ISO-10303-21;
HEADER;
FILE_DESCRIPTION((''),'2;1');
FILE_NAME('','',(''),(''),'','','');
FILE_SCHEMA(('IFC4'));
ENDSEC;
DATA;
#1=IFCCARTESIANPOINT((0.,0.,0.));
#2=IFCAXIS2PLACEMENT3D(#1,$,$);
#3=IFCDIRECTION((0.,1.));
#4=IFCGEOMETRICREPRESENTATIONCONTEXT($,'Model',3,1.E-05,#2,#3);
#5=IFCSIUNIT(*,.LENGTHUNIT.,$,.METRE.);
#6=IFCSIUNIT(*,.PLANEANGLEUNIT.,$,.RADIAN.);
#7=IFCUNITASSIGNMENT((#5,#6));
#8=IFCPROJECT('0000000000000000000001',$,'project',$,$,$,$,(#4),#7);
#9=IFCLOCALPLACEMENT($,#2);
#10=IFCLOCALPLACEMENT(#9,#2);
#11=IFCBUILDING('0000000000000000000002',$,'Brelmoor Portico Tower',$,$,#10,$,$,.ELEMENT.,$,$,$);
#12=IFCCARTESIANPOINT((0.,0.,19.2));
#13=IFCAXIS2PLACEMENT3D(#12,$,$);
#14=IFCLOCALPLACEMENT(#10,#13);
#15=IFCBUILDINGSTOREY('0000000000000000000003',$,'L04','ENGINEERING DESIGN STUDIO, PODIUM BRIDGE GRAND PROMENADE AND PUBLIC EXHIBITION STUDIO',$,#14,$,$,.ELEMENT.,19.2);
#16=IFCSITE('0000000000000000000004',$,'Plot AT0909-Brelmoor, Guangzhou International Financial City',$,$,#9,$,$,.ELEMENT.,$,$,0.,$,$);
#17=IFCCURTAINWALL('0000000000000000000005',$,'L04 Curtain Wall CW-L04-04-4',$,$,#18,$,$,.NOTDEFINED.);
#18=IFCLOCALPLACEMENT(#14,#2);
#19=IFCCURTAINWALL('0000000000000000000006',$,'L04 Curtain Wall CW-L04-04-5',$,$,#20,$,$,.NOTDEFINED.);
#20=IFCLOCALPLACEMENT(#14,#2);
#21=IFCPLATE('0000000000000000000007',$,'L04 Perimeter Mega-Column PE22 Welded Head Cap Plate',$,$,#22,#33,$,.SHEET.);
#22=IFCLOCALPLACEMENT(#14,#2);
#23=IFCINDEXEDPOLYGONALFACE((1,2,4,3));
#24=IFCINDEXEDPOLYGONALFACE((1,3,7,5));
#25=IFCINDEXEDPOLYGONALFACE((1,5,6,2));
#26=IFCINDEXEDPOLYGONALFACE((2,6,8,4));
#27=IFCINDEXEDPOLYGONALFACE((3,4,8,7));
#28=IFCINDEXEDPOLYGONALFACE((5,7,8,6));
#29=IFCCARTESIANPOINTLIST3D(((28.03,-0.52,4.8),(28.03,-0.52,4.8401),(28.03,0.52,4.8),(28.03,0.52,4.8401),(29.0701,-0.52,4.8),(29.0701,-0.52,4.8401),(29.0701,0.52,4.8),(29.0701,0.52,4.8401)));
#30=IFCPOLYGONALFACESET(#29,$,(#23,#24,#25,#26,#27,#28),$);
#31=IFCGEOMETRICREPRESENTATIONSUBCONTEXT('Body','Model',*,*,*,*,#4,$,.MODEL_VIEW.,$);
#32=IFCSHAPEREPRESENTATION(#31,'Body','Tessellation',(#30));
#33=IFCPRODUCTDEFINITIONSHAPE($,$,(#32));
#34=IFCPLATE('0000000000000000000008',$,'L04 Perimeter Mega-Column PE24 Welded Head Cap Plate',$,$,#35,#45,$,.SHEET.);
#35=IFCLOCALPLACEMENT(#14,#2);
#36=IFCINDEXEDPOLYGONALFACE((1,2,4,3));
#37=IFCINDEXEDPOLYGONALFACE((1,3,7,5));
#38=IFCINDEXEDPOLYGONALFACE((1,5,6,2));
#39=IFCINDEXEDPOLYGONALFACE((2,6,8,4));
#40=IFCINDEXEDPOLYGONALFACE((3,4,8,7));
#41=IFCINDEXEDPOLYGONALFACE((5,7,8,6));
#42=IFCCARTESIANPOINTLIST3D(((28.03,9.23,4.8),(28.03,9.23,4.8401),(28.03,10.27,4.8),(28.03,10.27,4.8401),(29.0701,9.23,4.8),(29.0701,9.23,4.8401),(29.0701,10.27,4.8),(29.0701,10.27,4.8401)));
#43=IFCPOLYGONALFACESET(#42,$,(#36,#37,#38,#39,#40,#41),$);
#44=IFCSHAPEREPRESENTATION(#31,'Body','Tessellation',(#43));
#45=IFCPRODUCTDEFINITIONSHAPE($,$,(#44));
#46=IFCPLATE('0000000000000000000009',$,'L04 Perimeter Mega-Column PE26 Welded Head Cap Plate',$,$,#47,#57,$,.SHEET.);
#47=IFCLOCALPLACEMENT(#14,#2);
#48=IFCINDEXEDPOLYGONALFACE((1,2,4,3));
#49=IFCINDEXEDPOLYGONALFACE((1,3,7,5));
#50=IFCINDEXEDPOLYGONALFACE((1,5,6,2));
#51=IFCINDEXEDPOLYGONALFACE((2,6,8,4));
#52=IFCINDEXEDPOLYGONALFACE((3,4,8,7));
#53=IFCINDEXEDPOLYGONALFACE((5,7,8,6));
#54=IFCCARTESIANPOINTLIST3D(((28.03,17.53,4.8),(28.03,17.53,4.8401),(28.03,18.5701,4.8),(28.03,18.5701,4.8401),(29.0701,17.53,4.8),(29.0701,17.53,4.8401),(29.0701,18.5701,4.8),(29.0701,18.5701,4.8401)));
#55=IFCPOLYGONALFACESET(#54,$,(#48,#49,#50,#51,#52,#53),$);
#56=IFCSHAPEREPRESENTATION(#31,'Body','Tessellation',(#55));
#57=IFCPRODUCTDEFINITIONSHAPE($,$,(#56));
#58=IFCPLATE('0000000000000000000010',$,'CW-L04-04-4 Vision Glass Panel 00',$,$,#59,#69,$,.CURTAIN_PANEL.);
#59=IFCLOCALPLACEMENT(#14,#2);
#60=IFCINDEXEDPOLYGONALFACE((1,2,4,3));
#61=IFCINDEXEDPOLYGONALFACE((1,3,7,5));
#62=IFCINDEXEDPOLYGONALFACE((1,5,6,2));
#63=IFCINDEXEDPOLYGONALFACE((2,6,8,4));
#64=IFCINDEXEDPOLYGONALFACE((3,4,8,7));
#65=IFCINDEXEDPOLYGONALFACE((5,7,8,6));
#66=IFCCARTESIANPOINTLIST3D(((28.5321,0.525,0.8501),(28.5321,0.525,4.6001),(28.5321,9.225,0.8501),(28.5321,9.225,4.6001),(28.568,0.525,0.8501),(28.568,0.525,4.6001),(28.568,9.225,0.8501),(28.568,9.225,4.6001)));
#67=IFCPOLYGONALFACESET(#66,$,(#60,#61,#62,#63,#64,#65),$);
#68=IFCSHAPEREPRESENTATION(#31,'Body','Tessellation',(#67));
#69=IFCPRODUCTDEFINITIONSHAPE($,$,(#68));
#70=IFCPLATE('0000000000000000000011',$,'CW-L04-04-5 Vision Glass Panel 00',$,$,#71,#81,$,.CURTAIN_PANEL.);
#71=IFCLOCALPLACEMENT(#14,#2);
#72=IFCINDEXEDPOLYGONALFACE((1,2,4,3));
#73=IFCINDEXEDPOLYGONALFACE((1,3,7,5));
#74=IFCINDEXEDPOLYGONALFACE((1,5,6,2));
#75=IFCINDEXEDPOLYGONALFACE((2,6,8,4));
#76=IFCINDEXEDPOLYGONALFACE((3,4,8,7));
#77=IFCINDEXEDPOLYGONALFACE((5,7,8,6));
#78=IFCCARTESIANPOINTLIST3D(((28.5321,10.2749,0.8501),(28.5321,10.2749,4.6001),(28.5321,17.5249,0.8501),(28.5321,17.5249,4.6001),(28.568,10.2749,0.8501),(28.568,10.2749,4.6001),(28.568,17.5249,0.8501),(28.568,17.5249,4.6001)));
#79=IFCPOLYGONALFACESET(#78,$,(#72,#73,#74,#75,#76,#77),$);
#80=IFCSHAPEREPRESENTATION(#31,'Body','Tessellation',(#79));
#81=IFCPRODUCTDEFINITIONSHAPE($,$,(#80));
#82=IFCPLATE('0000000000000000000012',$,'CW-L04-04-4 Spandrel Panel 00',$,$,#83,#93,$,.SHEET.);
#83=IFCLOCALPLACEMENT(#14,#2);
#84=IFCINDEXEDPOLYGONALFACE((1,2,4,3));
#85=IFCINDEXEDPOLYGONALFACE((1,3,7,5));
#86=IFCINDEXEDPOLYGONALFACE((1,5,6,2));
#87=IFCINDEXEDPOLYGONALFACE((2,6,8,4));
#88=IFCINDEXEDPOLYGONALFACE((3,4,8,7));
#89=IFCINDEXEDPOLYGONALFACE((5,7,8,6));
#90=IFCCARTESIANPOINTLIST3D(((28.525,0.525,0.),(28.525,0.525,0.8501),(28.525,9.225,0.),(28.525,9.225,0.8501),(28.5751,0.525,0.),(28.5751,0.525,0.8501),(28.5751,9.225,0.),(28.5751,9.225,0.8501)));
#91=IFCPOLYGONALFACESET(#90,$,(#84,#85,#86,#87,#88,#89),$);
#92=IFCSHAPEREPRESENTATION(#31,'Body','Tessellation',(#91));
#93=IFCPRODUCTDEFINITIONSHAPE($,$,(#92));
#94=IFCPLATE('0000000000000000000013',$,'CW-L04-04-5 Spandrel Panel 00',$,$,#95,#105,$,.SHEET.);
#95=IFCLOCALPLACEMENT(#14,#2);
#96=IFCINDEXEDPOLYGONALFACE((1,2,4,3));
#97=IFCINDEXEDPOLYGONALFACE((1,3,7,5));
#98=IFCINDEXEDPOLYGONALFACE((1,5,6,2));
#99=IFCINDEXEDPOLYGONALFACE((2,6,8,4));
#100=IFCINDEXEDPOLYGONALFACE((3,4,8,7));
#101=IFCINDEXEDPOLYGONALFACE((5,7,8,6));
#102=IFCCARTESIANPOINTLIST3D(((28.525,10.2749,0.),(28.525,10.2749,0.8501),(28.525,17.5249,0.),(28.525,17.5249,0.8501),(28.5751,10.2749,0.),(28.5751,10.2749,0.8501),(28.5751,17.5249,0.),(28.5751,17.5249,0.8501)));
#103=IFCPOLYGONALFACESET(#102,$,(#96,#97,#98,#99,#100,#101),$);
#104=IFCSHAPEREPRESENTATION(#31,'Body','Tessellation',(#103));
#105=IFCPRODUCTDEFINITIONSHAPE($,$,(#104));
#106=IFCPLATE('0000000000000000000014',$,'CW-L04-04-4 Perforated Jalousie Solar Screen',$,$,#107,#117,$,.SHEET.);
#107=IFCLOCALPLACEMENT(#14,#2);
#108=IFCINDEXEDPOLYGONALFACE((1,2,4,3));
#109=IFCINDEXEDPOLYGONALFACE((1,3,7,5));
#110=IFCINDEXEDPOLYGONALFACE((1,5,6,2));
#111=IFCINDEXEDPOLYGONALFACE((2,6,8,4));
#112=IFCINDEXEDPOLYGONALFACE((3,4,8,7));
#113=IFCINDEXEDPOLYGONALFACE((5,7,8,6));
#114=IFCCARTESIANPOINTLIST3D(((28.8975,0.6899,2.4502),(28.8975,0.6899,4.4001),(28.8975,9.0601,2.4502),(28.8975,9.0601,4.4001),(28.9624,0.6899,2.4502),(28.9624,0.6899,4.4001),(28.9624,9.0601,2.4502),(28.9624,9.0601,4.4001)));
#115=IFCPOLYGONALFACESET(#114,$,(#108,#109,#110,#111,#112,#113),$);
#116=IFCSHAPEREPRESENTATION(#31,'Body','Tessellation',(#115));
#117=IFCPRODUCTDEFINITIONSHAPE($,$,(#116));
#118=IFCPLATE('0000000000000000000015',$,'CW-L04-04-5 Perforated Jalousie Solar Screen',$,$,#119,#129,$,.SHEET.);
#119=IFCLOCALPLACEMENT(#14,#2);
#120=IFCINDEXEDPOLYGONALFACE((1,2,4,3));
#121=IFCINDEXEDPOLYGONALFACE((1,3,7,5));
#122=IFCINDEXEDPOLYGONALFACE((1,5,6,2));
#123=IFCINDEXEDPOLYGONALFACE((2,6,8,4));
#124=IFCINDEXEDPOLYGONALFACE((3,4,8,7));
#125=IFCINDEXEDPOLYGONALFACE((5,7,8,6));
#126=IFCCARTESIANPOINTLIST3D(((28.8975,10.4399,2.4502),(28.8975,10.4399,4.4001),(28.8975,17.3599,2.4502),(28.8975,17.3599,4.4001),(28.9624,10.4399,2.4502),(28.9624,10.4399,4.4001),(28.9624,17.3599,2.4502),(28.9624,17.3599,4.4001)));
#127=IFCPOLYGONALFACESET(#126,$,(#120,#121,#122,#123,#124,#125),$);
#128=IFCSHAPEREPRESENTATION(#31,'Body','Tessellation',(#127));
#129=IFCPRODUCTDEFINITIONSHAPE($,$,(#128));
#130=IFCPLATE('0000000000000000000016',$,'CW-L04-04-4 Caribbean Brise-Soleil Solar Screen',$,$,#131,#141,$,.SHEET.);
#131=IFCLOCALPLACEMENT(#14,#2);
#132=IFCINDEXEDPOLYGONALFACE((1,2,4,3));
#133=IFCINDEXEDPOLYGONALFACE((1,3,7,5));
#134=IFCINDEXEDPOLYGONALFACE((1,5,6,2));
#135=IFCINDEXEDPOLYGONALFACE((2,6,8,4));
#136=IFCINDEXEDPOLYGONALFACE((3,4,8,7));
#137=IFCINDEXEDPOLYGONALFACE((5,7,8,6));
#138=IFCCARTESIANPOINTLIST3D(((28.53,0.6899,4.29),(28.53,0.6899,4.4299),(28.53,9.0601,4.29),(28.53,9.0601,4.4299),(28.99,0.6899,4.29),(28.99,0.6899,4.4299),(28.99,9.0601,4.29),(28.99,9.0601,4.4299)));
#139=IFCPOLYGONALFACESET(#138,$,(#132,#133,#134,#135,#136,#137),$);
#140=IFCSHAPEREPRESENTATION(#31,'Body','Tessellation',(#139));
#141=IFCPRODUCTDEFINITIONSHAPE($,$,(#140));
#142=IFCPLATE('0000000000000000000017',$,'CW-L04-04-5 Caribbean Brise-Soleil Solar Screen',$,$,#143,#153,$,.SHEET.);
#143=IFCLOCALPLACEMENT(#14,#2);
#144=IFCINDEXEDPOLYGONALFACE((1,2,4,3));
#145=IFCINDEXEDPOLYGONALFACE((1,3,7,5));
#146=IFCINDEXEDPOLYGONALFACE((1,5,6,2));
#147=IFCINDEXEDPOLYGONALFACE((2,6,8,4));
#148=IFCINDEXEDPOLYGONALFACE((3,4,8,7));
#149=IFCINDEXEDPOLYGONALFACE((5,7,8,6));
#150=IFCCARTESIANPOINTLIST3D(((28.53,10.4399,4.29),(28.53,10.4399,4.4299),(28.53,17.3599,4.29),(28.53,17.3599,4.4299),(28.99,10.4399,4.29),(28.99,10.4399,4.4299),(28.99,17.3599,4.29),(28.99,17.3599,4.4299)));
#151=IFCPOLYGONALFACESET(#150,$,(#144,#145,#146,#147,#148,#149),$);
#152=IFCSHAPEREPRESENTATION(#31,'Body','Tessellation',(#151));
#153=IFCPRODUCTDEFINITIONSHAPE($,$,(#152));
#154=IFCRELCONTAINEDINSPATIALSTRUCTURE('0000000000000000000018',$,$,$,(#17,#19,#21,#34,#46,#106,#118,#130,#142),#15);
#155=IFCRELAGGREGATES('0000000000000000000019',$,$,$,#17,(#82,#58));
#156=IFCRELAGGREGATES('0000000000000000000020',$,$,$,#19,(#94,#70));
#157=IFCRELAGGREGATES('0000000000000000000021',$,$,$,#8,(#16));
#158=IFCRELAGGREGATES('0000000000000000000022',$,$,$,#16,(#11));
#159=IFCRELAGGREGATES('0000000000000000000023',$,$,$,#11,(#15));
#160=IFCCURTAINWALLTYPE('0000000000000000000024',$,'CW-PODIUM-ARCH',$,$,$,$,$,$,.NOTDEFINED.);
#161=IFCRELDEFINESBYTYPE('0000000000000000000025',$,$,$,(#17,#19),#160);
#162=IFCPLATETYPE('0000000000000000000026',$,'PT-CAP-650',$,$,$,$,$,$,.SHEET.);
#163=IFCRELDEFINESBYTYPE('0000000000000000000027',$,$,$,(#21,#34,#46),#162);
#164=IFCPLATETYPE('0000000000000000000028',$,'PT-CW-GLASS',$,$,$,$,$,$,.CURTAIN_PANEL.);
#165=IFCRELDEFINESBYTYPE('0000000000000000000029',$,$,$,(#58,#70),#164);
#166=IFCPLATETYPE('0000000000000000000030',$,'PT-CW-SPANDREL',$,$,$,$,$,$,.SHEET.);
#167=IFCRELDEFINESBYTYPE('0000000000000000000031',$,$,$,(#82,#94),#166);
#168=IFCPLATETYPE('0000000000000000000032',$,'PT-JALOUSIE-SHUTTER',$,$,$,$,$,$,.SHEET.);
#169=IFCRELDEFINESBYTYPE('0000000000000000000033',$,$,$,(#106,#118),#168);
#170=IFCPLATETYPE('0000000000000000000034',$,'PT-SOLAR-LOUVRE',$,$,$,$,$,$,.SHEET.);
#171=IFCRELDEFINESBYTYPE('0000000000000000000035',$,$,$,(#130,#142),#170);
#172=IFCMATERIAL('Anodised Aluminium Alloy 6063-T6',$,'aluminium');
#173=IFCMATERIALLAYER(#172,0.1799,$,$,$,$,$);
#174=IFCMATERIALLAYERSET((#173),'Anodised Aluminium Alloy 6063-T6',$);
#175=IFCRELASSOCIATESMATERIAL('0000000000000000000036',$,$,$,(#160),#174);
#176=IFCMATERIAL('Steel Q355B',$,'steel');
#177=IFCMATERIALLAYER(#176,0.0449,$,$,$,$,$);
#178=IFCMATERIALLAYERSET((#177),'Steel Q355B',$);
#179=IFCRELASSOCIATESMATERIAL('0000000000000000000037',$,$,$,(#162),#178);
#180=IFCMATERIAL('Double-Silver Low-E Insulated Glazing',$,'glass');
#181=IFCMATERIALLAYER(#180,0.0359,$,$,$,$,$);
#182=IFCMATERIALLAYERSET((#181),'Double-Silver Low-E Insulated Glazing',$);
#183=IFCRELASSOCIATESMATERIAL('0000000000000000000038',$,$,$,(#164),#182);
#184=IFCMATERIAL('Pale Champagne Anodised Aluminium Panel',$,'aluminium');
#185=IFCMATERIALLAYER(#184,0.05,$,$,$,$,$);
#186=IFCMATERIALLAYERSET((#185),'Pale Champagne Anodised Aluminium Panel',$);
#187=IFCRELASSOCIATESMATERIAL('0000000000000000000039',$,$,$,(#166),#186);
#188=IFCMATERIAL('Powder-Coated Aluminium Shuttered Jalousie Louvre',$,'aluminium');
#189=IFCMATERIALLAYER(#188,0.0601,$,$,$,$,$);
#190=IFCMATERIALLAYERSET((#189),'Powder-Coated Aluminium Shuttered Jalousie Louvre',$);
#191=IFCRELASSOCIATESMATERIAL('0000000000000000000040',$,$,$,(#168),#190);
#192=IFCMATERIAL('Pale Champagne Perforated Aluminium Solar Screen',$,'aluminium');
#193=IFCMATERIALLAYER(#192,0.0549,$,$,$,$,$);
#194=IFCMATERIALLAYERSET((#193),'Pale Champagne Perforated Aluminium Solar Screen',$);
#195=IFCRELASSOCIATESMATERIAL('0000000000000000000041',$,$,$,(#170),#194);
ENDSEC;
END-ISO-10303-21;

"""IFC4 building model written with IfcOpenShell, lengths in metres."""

from ifc_helpers import new_model, si_unit, direction, frame, origin, origin_2d, place, context, subcontext, project, spatial, rectangle, extrude, material, layer, layer_set, type_object, element, aggregate, save


model = new_model("IFC4")

# Units and contexts
model_context = context("Model", 3, precision=1e-05, world=origin(), true_north=direction((0.0, 1.0)))
body_context = subcontext(model_context, "Body", "Model", "MODEL_VIEW")
ifc_project = project(units=[si_unit("LENGTHUNIT", "METRE"), si_unit("PLANEANGLEUNIT", "RADIAN")], contexts=[model_context])

# Site, building, storey
site_placement = place(None, origin())
site = spatial("IfcSite", under=ifc_project, at=site_placement, Name="Plot AT0909-Brelmoor, Guangzhou International Financial City", CompositionType="ELEMENT", RefElevation=0.0)
building_placement = place(site_placement, origin())
building = spatial("IfcBuilding", under=site, at=building_placement, Name="Brelmoor Portico Tower", CompositionType="ELEMENT")
storey_placement = place(building_placement, frame((0.0, 0.0, 19.2)))
storey = spatial("IfcBuildingStorey", under=building, at=storey_placement, Name="L04", Description="ENGINEERING DESIGN STUDIO, PODIUM BRIDGE GRAND PROMENADE AND PUBLIC EXHIBITION STUDIO", CompositionType="ELEMENT", Elevation=19.2)

# Shared definitions
ifc_material_1 = material(Name="Steel Q355B", Category="steel")

# Curtain walls
ifc_material_2 = material(Name="Anodised Aluminium Alloy 6063-T6", Category="aluminium")
ifc_layer_1 = layer(ifc_material_2, 0.1799)
ifc_layer_set_1 = layer_set([ifc_layer_1], Name="Anodised Aluminium Alloy 6063-T6")
curtain_wall_type = type_object("IfcCurtainWallType", Name="CW-PODIUM-ARCH", PredefinedType="NOTDEFINED", material=ifc_layer_set_1)
curtain_wall_1_placement = place(storey_placement, origin())
curtain_wall_1 = element("IfcCurtainWall", 1, at=curtain_wall_1_placement, inside=storey, type_object=curtain_wall_type, Name="L04 Curtain Wall CW-L04-04-4", PredefinedType="NOTDEFINED")
curtain_wall_2_placement = place(storey_placement, origin())
curtain_wall_2 = element("IfcCurtainWall", 2, at=curtain_wall_2_placement, inside=storey, type_object=curtain_wall_type, Name="L04 Curtain Wall CW-L04-04-5", PredefinedType="NOTDEFINED")

# Plates
ifc_layer_2 = layer(ifc_material_1, 0.0449)
ifc_layer_set_2 = layer_set([ifc_layer_2], Name="Steel Q355B")
plate_type_1 = type_object("IfcPlateType", Name="PT-CAP-650", PredefinedType="SHEET", material=ifc_layer_set_2)
for number, where, z_axis, x_axis, name in (
    (3, (28.55, 0.0, 4.8), (0.0, 0.0, 1.0), (0.0, 1.0, 0.0), "L04 Perimeter Mega-Column PE22 Welded Head Cap Plate"),
    (4, (28.55, 9.75, 4.8), (0.0, 0.0, 1.0), (0.0, 1.0, 0.0), "L04 Perimeter Mega-Column PE24 Welded Head Cap Plate"),
    (5, (28.55, 18.05, 4.8), (0.0, 0.0, 1.0), (0.0, 1.0, 0.0), "L04 Perimeter Mega-Column PE26 Welded Head Cap Plate"),
):
    element("IfcPlate", number, at=place(storey_placement, frame(where, z_axis=z_axis, x_axis=x_axis)), inside=storey, type_object=plate_type_1, Name=name, PredefinedType="SHEET", context=body_context, shape_type="SweptSolid", body=[
        extrude(rectangle(XDim=1.04, YDim=1.04, at=origin_2d()), origin(), (0.0, 0.0, 1.0), 0.04),
    ])

# Plates
ifc_material_3 = material(Name="Double-Silver Low-E Insulated Glazing", Category="glass")
ifc_layer_3 = layer(ifc_material_3, 0.0359)
ifc_layer_set_3 = layer_set([ifc_layer_3], Name="Double-Silver Low-E Insulated Glazing")
plate_type_2 = type_object("IfcPlateType", Name="PT-CW-GLASS", PredefinedType="CURTAIN_PANEL", material=ifc_layer_set_3)
plate_1_placement = place(storey_placement, frame((28.55, 4.875, 0.8501), z_axis=(0.0, 0.0, 1.0), x_axis=(0.0, 1.0, 0.0)))
plate_1 = element("IfcPlate", 6, at=plate_1_placement, type_object=plate_type_2, Name="CW-L04-04-4 Vision Glass Panel 00", PredefinedType="CURTAIN_PANEL", context=body_context, shape_type="SweptSolid", body=[
    extrude(rectangle(XDim=8.7, YDim=0.0359, at=origin_2d()), origin(), (0.0, 0.0, 1.0), 3.75),
])
plate_2_placement = place(storey_placement, frame((28.55, 13.8999, 0.8501), z_axis=(0.0, 0.0, 1.0), x_axis=(0.0, 1.0, 0.0)))
plate_2 = element("IfcPlate", 7, at=plate_2_placement, type_object=plate_type_2, Name="CW-L04-04-5 Vision Glass Panel 00", PredefinedType="CURTAIN_PANEL", context=body_context, shape_type="SweptSolid", body=[
    extrude(rectangle(XDim=7.25, YDim=0.0359, at=origin_2d()), origin(), (0.0, 0.0, 1.0), 3.75),
])
ifc_material_4 = material(Name="Pale Champagne Anodised Aluminium Panel", Category="aluminium")
ifc_layer_4 = layer(ifc_material_4, 0.05)
ifc_layer_set_4 = layer_set([ifc_layer_4], Name="Pale Champagne Anodised Aluminium Panel")
plate_type_3 = type_object("IfcPlateType", Name="PT-CW-SPANDREL", PredefinedType="SHEET", material=ifc_layer_set_4)
plate_3_placement = place(storey_placement, frame((28.55, 4.875, 0.0), z_axis=(0.0, 0.0, 1.0), x_axis=(0.0, 1.0, 0.0)))
plate_3 = element("IfcPlate", 8, at=plate_3_placement, type_object=plate_type_3, Name="CW-L04-04-4 Spandrel Panel 00", PredefinedType="SHEET", context=body_context, shape_type="SweptSolid", body=[
    extrude(rectangle(XDim=8.7, YDim=0.05, at=origin_2d()), origin(), (0.0, 0.0, 1.0), 0.8501),
])
aggregate(curtain_wall_1, [plate_3, plate_1])
plate_4_placement = place(storey_placement, frame((28.55, 13.8999, 0.0), z_axis=(0.0, 0.0, 1.0), x_axis=(0.0, 1.0, 0.0)))
plate_4 = element("IfcPlate", 9, at=plate_4_placement, type_object=plate_type_3, Name="CW-L04-04-5 Spandrel Panel 00", PredefinedType="SHEET", context=body_context, shape_type="SweptSolid", body=[
    extrude(rectangle(XDim=7.25, YDim=0.05, at=origin_2d()), origin(), (0.0, 0.0, 1.0), 0.8501),
])
aggregate(curtain_wall_2, [plate_4, plate_2])

# Plates
ifc_material_5 = material(Name="Powder-Coated Aluminium Shuttered Jalousie Louvre", Category="aluminium")
ifc_layer_5 = layer(ifc_material_5, 0.0601)
ifc_layer_set_5 = layer_set([ifc_layer_5], Name="Powder-Coated Aluminium Shuttered Jalousie Louvre")
plate_type_4 = type_object("IfcPlateType", Name="PT-JALOUSIE-SHUTTER", PredefinedType="SHEET", material=ifc_layer_set_5)
plate_5_placement = place(storey_placement, frame((28.9299, 4.875, 2.4502), z_axis=(0.0, 0.0, 1.0), x_axis=(0.0, 1.0, 0.0)))
element("IfcPlate", 10, at=plate_5_placement, inside=storey, type_object=plate_type_4, Name="CW-L04-04-4 Perforated Jalousie Solar Screen", PredefinedType="SHEET", context=body_context, shape_type="SweptSolid", body=[
    extrude(rectangle(XDim=8.3701, YDim=0.0649, at=origin_2d()), origin(), (0.0, 0.0, 1.0), 1.95),
])
plate_6_placement = place(storey_placement, frame((28.9299, 13.8999, 2.4502), z_axis=(0.0, 0.0, 1.0), x_axis=(0.0, 1.0, 0.0)))
element("IfcPlate", 11, at=plate_6_placement, inside=storey, type_object=plate_type_4, Name="CW-L04-04-5 Perforated Jalousie Solar Screen", PredefinedType="SHEET", context=body_context, shape_type="SweptSolid", body=[
    extrude(rectangle(XDim=6.9199, YDim=0.0649, at=origin_2d()), origin(), (0.0, 0.0, 1.0), 1.95),
])
ifc_material_6 = material(Name="Pale Champagne Perforated Aluminium Solar Screen", Category="aluminium")
ifc_layer_6 = layer(ifc_material_6, 0.0549)
ifc_layer_set_6 = layer_set([ifc_layer_6], Name="Pale Champagne Perforated Aluminium Solar Screen")
plate_type_5 = type_object("IfcPlateType", Name="PT-SOLAR-LOUVRE", PredefinedType="SHEET", material=ifc_layer_set_6)
plate_7_placement = place(storey_placement, frame((28.76, 4.875, 4.29), z_axis=(0.0, 0.0, 1.0), x_axis=(0.0, 1.0, 0.0)))
element("IfcPlate", 12, at=plate_7_placement, inside=storey, type_object=plate_type_5, Name="CW-L04-04-4 Caribbean Brise-Soleil Solar Screen", PredefinedType="SHEET", context=body_context, shape_type="SweptSolid", body=[
    extrude(rectangle(XDim=8.3701, YDim=0.46, at=origin_2d()), origin(), (0.0, 0.0, 1.0), 0.1399),
])
plate_8_placement = place(storey_placement, frame((28.76, 13.8999, 4.29), z_axis=(0.0, 0.0, 1.0), x_axis=(0.0, 1.0, 0.0)))
element("IfcPlate", 13, at=plate_8_placement, inside=storey, type_object=plate_type_5, Name="CW-L04-04-5 Caribbean Brise-Soleil Solar Screen", PredefinedType="SHEET", context=body_context, shape_type="SweptSolid", body=[
    extrude(rectangle(XDim=6.9199, YDim=0.46, at=origin_2d()), origin(), (0.0, 0.0, 1.0), 0.1399),
])

save(model, "model.ifc")
